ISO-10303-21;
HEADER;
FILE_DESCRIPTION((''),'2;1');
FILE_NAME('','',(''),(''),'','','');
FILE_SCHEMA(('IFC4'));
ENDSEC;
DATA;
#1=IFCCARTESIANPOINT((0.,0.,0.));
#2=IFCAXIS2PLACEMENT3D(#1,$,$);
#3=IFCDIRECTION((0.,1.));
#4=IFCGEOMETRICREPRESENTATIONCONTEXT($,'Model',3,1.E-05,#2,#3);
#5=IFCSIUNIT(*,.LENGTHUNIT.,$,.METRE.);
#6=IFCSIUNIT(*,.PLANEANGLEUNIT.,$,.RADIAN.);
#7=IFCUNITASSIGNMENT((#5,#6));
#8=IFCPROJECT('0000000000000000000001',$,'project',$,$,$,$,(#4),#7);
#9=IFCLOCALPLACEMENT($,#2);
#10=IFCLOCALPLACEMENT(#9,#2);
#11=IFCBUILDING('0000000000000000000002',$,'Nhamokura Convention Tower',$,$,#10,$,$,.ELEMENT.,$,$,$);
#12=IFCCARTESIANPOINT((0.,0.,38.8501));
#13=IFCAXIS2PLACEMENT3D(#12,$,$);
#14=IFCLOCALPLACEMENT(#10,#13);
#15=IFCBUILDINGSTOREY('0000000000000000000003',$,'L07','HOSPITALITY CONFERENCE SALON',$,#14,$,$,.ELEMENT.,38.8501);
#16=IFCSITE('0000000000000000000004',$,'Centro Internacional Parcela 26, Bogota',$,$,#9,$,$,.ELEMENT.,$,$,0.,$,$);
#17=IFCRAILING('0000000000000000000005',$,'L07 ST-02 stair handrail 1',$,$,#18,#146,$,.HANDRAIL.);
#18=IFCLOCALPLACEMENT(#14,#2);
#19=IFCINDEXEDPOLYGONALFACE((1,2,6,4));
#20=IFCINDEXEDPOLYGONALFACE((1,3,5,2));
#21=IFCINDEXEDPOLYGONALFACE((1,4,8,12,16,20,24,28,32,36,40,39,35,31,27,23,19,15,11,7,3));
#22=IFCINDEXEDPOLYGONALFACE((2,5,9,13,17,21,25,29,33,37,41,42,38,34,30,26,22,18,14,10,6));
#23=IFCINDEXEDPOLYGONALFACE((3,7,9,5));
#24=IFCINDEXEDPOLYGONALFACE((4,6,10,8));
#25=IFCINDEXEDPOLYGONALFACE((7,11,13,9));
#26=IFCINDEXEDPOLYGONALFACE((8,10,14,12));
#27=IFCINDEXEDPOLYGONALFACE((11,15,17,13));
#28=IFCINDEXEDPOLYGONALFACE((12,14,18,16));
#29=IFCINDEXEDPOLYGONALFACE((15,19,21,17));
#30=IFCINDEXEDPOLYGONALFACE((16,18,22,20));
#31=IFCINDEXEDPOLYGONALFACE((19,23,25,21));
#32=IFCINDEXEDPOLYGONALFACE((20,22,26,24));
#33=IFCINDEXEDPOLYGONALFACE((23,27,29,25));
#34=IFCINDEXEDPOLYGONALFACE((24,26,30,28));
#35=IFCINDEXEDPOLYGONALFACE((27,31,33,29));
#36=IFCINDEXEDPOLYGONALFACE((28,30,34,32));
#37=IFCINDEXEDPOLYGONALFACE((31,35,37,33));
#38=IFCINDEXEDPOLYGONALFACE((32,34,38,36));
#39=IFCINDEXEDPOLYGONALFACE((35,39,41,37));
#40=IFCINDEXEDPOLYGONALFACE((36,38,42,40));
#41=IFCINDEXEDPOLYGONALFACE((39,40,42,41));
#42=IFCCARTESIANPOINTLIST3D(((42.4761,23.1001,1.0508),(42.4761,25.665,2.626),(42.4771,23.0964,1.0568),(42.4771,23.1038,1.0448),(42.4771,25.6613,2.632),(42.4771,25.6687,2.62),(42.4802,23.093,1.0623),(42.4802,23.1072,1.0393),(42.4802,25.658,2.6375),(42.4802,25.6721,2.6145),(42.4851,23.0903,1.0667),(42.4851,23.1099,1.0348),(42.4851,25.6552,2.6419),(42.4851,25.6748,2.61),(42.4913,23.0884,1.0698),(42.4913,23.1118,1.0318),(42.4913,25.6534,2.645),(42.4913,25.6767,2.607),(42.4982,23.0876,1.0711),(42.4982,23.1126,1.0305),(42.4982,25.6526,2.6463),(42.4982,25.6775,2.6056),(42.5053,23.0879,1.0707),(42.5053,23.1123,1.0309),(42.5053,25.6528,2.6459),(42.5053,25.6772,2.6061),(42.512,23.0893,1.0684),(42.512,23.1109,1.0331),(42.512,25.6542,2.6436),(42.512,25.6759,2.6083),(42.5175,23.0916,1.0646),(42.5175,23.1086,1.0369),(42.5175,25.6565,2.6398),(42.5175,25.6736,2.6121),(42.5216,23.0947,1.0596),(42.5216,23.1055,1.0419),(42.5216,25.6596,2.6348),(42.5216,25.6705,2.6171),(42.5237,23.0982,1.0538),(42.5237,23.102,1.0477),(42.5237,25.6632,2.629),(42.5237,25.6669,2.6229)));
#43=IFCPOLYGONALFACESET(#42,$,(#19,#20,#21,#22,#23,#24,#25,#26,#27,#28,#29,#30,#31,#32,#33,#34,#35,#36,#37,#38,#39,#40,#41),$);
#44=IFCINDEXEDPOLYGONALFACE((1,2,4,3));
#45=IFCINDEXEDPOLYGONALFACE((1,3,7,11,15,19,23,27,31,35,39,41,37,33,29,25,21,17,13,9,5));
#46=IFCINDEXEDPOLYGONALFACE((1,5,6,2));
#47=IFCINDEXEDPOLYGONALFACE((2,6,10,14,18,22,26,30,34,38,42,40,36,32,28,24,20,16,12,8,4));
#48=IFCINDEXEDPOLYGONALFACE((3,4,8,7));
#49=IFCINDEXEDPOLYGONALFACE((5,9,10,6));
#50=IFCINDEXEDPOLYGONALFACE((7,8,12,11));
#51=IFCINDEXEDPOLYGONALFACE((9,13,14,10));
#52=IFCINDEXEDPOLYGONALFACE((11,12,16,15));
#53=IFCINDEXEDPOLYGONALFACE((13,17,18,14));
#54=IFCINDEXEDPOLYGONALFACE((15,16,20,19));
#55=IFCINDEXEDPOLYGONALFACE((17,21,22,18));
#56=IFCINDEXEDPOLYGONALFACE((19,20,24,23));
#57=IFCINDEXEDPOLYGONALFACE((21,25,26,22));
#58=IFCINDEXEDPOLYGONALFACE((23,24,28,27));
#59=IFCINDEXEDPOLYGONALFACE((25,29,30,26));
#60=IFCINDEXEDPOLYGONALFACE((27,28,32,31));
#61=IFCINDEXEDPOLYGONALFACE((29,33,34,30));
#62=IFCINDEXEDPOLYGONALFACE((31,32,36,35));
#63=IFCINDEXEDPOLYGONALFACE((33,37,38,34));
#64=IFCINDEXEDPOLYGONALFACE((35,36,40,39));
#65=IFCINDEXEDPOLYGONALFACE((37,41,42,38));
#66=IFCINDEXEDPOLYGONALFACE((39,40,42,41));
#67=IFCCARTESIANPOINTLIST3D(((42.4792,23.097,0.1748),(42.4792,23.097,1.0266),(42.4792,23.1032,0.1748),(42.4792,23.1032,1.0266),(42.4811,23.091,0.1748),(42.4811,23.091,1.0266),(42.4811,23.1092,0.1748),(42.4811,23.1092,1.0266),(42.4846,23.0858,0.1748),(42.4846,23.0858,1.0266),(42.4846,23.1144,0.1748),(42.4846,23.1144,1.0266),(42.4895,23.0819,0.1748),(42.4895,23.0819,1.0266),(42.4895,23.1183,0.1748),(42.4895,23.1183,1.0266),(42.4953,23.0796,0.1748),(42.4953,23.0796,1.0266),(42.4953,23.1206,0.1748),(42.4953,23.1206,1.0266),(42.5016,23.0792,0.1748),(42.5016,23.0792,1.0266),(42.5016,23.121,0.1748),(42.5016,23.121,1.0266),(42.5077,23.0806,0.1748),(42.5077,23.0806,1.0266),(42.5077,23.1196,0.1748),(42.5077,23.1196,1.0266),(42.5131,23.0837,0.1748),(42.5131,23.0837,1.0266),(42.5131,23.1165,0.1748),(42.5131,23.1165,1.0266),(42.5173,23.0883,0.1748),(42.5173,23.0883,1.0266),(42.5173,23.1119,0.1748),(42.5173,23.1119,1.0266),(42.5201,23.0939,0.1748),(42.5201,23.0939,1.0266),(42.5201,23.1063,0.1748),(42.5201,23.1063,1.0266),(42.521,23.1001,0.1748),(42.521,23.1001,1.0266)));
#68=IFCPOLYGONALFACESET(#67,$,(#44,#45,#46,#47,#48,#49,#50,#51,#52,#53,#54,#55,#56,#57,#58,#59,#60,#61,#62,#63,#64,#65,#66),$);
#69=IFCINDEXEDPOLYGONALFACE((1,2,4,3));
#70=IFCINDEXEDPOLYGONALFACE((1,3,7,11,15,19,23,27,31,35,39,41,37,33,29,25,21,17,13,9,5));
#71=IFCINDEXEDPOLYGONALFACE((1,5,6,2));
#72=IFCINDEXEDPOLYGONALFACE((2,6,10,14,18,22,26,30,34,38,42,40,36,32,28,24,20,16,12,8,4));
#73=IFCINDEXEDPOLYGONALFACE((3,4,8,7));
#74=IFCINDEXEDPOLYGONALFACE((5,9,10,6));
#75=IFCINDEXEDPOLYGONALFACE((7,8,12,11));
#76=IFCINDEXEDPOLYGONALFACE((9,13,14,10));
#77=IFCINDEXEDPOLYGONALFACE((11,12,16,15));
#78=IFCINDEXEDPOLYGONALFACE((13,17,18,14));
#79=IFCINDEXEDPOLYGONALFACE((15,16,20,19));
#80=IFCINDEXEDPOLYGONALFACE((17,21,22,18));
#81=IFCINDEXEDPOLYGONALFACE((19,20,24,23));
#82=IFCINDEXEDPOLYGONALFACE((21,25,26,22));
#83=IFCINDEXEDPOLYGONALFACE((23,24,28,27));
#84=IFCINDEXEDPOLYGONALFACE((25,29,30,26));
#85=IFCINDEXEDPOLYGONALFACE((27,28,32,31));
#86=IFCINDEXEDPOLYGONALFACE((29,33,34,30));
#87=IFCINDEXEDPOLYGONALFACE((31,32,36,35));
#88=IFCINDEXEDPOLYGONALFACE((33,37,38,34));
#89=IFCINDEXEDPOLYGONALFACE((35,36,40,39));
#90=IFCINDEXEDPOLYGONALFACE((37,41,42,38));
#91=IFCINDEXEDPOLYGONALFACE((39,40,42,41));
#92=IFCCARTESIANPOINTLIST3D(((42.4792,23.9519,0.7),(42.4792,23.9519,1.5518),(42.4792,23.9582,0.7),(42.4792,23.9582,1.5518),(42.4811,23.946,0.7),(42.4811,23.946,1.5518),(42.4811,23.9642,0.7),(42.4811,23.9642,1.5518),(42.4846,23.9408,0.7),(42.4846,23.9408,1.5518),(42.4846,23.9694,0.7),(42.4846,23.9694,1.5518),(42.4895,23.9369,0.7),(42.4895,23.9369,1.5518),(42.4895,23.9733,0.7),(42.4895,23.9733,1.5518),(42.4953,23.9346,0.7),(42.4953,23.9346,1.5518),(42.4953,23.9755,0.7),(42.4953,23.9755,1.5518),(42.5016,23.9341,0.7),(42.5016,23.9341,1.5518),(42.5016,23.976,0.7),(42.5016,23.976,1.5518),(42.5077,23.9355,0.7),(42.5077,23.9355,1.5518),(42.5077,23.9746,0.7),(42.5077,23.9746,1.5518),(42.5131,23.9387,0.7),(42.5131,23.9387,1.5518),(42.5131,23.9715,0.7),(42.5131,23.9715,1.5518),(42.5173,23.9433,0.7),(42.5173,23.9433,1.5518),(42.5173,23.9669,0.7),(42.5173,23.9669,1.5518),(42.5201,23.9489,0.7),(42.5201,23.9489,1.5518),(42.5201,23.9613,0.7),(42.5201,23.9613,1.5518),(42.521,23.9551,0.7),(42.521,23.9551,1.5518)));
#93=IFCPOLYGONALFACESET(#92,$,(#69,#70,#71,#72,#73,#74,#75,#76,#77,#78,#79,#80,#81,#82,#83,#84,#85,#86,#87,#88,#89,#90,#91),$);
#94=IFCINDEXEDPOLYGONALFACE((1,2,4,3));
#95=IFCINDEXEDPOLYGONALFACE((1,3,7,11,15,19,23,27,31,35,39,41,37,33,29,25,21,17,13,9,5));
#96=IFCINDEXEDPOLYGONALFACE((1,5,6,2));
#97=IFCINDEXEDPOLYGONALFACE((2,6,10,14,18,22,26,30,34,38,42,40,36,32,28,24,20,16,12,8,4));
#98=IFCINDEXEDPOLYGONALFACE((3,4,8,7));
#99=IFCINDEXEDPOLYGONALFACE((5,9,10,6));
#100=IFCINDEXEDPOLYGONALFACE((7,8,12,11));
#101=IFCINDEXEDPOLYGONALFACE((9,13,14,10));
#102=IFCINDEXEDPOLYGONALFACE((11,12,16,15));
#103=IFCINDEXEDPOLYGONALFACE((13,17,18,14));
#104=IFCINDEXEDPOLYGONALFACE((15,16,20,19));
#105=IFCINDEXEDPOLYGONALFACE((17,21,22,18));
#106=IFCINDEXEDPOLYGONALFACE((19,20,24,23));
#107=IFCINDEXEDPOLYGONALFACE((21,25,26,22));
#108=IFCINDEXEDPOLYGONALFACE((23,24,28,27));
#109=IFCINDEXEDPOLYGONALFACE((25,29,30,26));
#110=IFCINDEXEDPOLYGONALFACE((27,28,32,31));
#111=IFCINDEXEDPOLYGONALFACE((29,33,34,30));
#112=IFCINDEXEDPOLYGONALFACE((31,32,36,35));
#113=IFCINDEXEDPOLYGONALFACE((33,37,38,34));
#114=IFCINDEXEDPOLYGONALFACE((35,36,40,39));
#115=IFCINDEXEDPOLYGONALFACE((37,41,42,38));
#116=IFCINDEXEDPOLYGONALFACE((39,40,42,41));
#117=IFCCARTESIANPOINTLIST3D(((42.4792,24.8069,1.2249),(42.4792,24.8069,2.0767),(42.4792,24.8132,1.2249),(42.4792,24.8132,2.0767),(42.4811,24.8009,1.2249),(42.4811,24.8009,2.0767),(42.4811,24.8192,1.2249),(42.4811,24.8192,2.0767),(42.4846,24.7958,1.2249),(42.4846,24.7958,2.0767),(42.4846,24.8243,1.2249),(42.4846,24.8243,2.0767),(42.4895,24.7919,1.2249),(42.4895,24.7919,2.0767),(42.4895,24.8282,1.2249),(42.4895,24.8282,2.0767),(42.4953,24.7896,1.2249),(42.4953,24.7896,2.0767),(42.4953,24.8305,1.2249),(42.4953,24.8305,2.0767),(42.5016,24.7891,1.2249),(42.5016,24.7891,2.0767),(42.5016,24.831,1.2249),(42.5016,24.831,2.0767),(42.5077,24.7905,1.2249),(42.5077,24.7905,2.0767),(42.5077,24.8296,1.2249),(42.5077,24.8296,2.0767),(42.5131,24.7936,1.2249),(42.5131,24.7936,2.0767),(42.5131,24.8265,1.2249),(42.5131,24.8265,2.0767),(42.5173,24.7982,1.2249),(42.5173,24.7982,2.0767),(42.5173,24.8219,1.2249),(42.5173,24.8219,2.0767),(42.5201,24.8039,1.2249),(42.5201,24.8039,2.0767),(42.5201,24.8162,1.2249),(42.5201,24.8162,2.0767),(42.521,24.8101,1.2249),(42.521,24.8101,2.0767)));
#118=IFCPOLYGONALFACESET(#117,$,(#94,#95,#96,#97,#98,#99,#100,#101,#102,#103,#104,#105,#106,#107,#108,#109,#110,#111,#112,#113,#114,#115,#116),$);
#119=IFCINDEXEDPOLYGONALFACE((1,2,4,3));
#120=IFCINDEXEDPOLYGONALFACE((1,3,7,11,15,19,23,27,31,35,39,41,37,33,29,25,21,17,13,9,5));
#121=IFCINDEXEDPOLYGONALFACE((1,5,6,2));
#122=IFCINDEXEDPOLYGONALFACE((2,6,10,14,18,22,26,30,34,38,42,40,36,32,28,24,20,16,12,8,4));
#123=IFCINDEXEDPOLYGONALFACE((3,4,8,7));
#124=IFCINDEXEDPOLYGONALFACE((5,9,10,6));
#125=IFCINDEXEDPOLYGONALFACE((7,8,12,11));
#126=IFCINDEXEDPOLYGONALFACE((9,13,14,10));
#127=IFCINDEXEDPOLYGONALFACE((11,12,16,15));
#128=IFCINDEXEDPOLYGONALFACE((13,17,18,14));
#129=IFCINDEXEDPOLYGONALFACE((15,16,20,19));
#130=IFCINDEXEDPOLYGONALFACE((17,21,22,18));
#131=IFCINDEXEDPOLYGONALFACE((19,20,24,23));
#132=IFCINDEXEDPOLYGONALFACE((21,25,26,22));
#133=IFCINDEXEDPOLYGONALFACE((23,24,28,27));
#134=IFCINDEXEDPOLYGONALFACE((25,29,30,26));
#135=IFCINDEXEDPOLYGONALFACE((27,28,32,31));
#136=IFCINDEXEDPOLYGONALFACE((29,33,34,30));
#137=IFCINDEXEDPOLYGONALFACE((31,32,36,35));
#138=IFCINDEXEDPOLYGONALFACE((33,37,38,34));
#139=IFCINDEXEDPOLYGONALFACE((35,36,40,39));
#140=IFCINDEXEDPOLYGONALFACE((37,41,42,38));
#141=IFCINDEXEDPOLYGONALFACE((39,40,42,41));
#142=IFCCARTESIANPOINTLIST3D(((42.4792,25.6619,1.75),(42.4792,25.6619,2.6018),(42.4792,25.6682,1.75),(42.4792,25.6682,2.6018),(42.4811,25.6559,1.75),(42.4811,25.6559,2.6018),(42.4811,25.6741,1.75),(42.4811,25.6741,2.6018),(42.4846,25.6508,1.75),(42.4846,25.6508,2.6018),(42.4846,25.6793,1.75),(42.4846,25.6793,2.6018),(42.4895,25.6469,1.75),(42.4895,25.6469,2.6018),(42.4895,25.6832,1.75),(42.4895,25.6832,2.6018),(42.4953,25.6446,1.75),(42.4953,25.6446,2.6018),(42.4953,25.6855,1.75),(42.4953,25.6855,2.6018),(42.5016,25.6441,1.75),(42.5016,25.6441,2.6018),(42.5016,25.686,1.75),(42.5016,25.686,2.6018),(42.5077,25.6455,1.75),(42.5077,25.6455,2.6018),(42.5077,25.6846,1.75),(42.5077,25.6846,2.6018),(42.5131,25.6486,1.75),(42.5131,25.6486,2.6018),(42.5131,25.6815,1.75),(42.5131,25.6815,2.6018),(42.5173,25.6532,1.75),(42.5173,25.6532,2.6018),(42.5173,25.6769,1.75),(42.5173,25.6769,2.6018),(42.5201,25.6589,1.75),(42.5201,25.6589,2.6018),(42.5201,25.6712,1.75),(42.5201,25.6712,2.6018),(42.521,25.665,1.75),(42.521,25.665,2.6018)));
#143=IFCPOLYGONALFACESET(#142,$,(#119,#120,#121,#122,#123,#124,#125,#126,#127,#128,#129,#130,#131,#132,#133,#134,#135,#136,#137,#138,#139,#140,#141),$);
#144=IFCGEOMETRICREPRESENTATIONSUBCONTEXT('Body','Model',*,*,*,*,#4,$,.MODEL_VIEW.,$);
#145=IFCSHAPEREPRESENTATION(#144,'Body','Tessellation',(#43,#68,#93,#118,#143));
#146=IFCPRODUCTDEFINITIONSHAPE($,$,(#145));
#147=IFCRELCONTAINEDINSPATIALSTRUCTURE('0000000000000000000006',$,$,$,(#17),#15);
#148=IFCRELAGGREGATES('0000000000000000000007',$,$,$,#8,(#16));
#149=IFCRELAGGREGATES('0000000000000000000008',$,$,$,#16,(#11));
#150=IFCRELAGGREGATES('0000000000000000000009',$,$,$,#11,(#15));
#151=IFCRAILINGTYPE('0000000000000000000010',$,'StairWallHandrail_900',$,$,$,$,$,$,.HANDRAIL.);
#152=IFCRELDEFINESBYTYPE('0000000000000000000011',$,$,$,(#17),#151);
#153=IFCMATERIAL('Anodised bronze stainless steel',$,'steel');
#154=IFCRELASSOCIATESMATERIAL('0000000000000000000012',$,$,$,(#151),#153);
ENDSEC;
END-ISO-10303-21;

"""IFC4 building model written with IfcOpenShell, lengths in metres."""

from ifc_helpers import new_model, si_unit, direction, frame, origin, origin_2d, place, context, subcontext, project, spatial, circle, extrude, material, type_object, element, save


model = new_model("IFC4")

# Units and contexts
model_context = context("Model", 3, precision=1e-05, world=origin(), true_north=direction((0.0, 1.0)))
body_context = subcontext(model_context, "Body", "Model", "MODEL_VIEW")
ifc_project = project(units=[si_unit("LENGTHUNIT", "METRE"), si_unit("PLANEANGLEUNIT", "RADIAN")], contexts=[model_context])

# Site, building, storey
site_placement = place(None, origin())
site = spatial("IfcSite", under=ifc_project, at=site_placement, Name="Centro Internacional Parcela 26, Bogota", CompositionType="ELEMENT", RefElevation=0.0)
building_placement = place(site_placement, origin())
building = spatial("IfcBuilding", under=site, at=building_placement, Name="Nhamokura Convention Tower", CompositionType="ELEMENT")
storey_placement = place(building_placement, frame((0.0, 0.0, 38.8501)))
storey = spatial("IfcBuildingStorey", under=building, at=storey_placement, Name="L07", Description="HOSPITALITY CONFERENCE SALON", CompositionType="ELEMENT", Elevation=38.8501)

# Railing
ifc_material_1 = material(Name="Anodised bronze stainless steel", Category="steel")
railing_type_1 = type_object("IfcRailingType", Name="StairWallHandrail_900", PredefinedType="HANDRAIL", material=ifc_material_1)
railing_1_placement = place(storey_placement, frame((42.5, 23.1001, 0.1748)))
element("IfcRailing", 1, at=railing_1_placement, inside=storey, type_object=railing_type_1, Name="L07 ST-02 stair handrail 1", PredefinedType="HANDRAIL", context=body_context, shape_type="SweptSolid", body=[
    extrude(circle(Radius=0.0239, at=origin_2d()), frame((0.0, 0.0, 0.876), z_axis=(0.0, 0.852137, 0.523319), x_axis=(-1.0, 0.0, 0.0)), (0.0, 0.0, 1.0), 3.01),
    extrude(circle(Radius=0.021, at=origin_2d()), origin(), (0.0, 0.0, 1.0), 0.8518),
    extrude(circle(Radius=0.021, at=origin_2d()), frame((0.0, 0.855, 0.5251)), (0.0, 0.0, 1.0), 0.8518),
    extrude(circle(Radius=0.021, at=origin_2d()), frame((0.0, 1.71, 1.05)), (0.0, 0.0, 1.0), 0.8518),
    extrude(circle(Radius=0.021, at=origin_2d()), frame((0.0, 2.5649, 1.5752)), (0.0, 0.0, 1.0), 0.8518),
])

save(model, "model.ifc")
